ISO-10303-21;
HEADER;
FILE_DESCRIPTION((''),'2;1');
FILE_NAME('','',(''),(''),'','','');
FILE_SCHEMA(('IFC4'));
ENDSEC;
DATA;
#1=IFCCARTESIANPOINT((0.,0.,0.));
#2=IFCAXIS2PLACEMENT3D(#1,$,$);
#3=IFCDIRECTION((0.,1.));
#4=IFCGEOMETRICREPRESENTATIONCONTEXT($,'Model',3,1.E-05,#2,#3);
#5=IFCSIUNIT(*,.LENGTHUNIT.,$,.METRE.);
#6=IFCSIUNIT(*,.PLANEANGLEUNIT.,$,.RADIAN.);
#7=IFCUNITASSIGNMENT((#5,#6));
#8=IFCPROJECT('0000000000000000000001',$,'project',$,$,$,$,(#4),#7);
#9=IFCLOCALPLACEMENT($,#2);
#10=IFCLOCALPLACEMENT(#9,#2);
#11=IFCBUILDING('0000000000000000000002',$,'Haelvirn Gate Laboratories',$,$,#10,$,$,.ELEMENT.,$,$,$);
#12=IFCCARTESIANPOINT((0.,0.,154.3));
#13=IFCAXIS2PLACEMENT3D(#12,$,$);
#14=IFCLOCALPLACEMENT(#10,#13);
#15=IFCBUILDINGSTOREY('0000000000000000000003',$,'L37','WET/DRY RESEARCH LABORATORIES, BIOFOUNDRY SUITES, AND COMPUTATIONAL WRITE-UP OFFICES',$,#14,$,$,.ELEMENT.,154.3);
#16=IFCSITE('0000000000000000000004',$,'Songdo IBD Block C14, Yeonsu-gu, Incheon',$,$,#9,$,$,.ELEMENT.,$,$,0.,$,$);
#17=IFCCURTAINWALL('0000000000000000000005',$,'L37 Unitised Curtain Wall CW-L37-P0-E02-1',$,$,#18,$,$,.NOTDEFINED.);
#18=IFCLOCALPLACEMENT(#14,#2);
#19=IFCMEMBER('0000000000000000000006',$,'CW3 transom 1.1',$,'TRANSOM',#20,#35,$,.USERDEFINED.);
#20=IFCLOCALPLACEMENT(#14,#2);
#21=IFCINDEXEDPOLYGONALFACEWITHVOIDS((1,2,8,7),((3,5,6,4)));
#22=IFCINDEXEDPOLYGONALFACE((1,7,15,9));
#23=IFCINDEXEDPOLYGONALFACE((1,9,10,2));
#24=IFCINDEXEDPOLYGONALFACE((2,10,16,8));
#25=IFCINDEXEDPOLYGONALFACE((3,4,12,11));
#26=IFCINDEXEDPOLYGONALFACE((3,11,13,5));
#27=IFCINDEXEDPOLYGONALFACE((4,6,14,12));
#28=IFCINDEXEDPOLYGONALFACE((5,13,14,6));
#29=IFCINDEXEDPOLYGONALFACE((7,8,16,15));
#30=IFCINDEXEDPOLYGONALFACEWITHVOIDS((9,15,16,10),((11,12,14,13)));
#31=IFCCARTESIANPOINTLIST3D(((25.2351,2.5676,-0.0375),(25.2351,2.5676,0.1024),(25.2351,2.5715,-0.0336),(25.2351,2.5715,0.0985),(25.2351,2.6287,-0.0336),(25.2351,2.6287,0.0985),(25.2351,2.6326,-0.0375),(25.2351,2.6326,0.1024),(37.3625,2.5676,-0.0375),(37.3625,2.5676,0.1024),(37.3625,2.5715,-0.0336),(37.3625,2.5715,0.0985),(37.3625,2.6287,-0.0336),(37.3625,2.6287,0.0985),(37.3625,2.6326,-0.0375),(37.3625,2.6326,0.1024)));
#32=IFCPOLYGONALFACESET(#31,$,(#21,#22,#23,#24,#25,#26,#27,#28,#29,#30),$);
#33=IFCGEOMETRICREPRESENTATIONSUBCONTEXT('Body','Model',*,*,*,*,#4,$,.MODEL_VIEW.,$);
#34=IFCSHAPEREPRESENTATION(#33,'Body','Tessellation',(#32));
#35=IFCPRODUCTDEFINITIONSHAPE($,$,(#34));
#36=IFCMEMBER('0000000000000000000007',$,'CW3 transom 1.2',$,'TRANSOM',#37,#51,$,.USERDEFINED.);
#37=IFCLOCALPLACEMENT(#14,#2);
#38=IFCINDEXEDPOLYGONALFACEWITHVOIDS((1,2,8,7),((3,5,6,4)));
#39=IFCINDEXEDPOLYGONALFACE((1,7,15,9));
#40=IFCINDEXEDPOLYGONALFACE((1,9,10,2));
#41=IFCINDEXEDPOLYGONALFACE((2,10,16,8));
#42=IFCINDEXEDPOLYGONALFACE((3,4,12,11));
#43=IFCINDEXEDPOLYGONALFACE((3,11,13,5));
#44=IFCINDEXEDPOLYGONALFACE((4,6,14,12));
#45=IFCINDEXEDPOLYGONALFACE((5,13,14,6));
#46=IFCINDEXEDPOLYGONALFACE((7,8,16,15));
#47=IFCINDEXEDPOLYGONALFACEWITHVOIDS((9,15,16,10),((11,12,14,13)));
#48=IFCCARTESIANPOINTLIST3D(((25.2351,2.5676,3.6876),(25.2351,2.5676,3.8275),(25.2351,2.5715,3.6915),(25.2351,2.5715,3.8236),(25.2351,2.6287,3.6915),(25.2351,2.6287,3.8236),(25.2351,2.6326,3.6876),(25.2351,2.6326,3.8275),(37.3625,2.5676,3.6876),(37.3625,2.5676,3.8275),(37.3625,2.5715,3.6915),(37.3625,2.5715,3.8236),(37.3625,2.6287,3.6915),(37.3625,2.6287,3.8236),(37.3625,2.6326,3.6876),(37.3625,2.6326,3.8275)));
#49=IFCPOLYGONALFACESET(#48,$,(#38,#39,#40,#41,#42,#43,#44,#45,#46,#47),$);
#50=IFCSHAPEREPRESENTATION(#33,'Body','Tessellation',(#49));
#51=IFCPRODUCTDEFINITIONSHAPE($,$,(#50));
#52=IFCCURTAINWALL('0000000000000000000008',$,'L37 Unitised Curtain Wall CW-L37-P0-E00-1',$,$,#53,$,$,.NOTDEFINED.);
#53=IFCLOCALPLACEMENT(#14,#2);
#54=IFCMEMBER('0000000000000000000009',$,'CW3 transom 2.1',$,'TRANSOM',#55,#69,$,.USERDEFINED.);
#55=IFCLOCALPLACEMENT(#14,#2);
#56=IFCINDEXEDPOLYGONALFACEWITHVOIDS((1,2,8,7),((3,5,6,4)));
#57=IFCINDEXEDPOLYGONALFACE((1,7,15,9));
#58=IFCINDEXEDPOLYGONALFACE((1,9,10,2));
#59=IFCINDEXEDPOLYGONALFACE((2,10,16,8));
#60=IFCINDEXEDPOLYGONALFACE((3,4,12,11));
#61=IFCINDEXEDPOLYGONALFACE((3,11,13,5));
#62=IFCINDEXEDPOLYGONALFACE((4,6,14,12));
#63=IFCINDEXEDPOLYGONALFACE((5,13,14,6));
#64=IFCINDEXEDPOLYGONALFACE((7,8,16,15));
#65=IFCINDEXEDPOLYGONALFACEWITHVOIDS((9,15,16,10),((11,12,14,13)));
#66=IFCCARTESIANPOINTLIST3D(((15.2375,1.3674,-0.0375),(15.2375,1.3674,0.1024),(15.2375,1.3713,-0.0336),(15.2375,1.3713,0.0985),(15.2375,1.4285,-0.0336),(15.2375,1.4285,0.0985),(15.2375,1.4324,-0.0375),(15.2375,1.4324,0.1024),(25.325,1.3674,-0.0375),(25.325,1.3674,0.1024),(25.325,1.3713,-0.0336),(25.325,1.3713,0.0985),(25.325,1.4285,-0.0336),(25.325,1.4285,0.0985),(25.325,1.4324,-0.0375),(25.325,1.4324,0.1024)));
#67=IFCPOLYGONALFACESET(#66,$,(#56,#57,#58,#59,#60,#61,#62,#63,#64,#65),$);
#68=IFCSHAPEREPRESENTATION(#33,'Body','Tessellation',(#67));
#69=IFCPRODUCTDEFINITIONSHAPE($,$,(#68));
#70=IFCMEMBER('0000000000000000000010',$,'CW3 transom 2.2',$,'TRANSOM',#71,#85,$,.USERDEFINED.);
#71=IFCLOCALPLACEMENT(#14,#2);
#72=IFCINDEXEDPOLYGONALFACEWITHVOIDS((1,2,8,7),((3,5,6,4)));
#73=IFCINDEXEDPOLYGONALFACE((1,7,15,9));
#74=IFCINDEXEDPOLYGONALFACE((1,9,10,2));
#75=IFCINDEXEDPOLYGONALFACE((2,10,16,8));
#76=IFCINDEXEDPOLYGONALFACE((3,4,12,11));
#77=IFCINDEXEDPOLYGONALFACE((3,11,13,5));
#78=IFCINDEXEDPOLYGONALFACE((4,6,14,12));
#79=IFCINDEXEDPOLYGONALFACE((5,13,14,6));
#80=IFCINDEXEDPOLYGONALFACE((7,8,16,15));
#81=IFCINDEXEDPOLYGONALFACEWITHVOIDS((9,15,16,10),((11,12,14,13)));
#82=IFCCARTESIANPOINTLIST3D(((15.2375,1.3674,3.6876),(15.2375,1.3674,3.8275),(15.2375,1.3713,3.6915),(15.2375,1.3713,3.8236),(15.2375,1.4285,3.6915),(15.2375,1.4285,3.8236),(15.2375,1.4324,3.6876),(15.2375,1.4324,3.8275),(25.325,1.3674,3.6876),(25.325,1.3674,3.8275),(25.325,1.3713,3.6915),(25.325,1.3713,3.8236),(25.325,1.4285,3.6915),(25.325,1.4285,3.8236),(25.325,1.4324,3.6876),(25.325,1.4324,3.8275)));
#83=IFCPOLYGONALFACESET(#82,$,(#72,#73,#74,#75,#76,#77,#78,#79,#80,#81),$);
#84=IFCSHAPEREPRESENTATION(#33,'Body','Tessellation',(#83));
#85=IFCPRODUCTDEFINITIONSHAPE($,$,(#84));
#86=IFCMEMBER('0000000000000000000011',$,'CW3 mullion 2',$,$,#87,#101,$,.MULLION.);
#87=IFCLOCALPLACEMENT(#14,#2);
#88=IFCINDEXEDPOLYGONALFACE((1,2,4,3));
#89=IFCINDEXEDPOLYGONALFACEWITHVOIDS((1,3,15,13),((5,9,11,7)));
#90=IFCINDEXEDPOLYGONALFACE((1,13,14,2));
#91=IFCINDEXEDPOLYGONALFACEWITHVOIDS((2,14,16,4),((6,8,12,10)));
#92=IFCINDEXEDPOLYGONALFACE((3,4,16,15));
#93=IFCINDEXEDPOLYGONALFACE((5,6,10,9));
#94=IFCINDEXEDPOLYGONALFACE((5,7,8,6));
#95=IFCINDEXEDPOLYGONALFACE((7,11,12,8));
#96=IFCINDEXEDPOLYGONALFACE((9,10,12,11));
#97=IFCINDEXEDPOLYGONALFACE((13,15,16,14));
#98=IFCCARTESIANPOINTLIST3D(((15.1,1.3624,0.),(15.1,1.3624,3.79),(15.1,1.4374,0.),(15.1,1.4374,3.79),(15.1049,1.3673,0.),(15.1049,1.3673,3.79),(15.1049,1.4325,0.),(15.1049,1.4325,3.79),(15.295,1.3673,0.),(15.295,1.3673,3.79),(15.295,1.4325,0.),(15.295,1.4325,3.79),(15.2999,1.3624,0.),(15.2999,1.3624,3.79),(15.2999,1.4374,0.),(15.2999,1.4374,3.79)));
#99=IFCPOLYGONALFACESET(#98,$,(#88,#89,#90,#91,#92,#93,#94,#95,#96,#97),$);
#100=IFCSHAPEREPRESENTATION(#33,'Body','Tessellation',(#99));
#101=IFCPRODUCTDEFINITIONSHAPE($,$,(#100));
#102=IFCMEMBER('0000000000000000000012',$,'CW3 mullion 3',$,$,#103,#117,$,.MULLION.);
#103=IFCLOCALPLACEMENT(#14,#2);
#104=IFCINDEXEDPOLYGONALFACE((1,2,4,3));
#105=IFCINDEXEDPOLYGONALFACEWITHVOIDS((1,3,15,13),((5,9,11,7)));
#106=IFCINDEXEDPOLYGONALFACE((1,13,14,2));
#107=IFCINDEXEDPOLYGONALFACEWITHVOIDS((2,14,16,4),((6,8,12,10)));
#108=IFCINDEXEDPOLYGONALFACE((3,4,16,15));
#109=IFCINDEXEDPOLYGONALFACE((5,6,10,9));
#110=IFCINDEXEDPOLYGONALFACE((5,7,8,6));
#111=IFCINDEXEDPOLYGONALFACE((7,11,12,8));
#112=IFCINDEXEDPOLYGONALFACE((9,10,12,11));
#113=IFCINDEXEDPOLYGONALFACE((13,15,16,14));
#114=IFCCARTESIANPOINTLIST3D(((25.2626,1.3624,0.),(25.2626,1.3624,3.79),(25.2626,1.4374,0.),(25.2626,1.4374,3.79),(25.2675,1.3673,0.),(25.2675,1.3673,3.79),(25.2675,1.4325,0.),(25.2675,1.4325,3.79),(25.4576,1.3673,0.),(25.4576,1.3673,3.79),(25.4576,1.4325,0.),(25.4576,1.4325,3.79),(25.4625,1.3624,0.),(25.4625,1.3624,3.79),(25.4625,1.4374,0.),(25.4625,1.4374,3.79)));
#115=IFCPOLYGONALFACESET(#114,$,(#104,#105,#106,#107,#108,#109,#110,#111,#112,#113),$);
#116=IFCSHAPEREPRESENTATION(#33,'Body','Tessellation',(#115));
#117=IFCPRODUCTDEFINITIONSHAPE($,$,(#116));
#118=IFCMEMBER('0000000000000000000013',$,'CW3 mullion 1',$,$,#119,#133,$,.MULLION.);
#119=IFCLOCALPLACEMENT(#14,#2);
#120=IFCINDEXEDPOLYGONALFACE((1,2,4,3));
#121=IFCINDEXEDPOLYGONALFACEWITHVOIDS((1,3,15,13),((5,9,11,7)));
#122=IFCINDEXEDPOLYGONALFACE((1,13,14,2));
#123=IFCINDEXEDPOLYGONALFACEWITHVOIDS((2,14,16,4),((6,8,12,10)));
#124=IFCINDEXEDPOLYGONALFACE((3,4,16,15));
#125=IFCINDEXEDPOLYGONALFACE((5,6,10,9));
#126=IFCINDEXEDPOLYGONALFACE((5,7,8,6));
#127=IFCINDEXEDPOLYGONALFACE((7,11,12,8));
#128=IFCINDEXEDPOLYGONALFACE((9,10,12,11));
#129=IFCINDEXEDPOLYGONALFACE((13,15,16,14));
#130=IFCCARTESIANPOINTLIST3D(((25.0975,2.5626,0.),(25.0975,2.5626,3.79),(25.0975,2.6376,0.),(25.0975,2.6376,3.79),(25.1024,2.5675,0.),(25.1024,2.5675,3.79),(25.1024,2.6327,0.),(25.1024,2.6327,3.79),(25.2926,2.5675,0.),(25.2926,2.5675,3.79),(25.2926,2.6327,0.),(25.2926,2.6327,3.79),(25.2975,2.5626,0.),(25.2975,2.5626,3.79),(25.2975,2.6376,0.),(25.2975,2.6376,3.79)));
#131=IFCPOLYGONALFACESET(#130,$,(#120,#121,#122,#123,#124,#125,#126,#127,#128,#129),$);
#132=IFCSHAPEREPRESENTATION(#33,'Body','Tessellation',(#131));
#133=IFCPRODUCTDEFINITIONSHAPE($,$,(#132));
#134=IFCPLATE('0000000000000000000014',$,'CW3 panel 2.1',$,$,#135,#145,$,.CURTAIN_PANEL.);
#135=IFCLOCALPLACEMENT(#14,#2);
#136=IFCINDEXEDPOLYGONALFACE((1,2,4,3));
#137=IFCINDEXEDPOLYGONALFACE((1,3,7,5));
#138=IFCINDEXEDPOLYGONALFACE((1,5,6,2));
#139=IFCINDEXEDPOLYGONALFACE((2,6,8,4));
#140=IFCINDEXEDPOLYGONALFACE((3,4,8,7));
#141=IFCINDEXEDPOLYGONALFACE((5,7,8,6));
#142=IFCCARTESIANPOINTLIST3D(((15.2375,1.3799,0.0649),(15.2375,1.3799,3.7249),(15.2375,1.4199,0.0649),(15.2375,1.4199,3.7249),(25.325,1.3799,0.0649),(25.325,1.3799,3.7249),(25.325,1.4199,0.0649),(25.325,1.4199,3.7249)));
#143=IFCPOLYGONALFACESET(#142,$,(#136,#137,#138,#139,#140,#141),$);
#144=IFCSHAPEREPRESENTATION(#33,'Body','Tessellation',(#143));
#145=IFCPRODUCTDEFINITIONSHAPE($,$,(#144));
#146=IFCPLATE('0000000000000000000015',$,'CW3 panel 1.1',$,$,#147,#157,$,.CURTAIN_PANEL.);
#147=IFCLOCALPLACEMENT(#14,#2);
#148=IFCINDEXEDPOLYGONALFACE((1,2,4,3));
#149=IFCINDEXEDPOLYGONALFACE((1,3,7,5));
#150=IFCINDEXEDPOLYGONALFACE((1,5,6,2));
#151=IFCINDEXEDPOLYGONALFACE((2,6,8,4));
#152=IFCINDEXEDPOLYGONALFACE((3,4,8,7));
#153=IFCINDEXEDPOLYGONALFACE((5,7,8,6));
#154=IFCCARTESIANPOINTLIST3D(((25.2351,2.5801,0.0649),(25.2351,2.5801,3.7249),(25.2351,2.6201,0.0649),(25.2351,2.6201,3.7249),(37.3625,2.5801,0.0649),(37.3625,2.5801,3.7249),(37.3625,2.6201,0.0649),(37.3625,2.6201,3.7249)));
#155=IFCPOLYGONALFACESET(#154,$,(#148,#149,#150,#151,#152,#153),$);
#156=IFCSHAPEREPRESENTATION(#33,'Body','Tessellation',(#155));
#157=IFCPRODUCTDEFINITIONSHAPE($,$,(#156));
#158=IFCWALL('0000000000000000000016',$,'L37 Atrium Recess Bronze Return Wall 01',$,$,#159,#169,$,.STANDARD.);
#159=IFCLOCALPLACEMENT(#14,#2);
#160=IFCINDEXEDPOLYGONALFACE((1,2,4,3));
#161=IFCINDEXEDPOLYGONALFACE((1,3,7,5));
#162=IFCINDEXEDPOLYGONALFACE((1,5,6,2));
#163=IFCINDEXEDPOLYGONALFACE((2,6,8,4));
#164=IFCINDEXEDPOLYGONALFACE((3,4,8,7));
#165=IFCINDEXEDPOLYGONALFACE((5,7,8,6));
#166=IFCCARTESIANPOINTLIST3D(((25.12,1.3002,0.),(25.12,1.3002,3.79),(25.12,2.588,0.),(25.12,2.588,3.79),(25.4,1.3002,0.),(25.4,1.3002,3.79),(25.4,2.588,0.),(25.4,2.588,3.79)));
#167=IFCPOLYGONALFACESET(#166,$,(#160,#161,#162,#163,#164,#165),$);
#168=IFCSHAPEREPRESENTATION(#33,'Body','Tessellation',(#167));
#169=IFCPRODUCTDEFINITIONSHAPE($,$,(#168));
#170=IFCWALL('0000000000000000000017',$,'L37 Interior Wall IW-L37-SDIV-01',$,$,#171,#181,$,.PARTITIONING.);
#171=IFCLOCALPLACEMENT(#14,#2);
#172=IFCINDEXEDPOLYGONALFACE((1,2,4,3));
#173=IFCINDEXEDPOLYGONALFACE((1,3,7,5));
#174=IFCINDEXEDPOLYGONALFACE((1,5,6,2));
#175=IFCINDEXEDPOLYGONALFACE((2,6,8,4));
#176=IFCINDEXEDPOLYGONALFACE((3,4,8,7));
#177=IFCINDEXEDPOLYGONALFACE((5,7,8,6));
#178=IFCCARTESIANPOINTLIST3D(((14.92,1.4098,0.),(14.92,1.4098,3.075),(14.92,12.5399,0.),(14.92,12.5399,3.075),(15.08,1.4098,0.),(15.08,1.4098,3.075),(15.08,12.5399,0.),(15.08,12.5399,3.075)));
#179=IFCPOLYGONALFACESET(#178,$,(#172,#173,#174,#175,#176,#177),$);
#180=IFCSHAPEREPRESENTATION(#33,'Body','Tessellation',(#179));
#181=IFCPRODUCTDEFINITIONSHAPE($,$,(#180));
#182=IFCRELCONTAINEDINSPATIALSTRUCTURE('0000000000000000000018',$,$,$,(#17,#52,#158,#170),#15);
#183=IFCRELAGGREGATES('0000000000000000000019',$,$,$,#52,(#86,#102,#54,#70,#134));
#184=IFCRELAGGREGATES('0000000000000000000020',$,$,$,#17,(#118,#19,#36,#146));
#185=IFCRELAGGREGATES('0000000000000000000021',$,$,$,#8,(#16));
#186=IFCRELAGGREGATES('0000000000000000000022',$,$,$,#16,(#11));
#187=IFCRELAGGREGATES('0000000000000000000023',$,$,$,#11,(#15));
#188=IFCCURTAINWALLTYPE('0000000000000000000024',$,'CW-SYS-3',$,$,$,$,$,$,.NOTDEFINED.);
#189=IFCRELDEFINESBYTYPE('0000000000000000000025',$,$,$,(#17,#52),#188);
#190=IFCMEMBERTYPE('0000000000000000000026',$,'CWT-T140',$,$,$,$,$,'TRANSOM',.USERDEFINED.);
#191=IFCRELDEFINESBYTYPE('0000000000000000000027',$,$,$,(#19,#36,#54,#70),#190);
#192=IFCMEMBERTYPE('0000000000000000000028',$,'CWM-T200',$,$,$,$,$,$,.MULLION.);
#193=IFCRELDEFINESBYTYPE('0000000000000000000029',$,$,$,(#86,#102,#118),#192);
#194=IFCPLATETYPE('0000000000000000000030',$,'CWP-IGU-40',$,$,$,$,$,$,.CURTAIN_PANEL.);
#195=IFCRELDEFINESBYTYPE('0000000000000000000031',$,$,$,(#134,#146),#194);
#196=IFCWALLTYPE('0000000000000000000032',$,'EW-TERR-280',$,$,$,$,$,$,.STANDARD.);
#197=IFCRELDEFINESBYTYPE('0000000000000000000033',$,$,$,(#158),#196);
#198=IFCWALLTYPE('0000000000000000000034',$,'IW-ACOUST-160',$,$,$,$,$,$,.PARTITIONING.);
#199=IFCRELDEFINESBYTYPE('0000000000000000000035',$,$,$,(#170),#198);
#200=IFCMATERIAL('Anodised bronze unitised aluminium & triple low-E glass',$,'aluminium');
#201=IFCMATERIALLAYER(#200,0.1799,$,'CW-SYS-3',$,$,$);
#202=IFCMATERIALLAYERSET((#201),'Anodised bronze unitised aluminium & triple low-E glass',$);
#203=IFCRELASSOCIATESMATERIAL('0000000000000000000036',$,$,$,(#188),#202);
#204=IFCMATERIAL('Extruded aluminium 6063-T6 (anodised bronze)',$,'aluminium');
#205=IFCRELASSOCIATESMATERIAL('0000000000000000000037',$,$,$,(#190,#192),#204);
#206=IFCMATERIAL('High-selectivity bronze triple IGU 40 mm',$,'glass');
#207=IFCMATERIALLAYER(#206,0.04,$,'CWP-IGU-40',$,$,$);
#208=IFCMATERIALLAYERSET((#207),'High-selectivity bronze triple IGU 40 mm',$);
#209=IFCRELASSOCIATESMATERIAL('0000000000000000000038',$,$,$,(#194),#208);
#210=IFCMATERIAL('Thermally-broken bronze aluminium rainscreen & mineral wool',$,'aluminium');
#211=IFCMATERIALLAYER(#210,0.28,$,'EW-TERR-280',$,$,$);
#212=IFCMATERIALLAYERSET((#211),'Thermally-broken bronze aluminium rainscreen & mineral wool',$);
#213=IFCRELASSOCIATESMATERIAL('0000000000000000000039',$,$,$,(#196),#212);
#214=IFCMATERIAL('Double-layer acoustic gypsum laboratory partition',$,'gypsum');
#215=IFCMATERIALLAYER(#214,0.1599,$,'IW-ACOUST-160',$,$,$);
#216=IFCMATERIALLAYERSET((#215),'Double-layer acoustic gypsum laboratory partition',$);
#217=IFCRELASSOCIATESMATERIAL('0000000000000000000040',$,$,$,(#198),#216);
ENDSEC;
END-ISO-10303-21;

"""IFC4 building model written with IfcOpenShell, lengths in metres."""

from ifc_helpers import new_model, si_unit, direction, frame, frame_2d, origin, origin_2d, place, context, subcontext, project, spatial, rectangle, hollow_rectangle, extrude, source, transform, mapped, material, layer, layer_set, material_profile, profile_set, type_object, type_shapes, element, aggregate, save


model = new_model("IFC4")

# Units and contexts
model_context = context("Model", 3, precision=1e-05, world=origin(), true_north=direction((0.0, 1.0)))
body_context = subcontext(model_context, "Body", "Model", "MODEL_VIEW")
ifc_project = project(units=[si_unit("LENGTHUNIT", "METRE"), si_unit("PLANEANGLEUNIT", "RADIAN")], contexts=[model_context])

# Site, building, storey
site_placement = place(None, origin())
site = spatial("IfcSite", under=ifc_project, at=site_placement, Name="Songdo IBD Block C14, Yeonsu-gu, Incheon", CompositionType="ELEMENT", RefElevation=0.0)
building_placement = place(site_placement, origin())
building = spatial("IfcBuilding", under=site, at=building_placement, Name="Haelvirn Gate Laboratories", CompositionType="ELEMENT")
storey_placement = place(building_placement, frame((0.0, 0.0, 154.3)))
storey = spatial("IfcBuildingStorey", under=building, at=storey_placement, Name="L37", Description="WET/DRY RESEARCH LABORATORIES, BIOFOUNDRY SUITES, AND COMPUTATIONAL WRITE-UP OFFICES", CompositionType="ELEMENT", Elevation=154.3)

# Curtain walls, members
ifc_material_1 = material(Name="Anodised bronze unitised aluminium & triple low-E glass", Category="aluminium")
ifc_layer_1 = layer(ifc_material_1, 0.1799, Name="CW-SYS-3")
ifc_layer_set_1 = layer_set([ifc_layer_1], Name="Anodised bronze unitised aluminium & triple low-E glass")
curtain_wall_type = type_object("IfcCurtainWallType", Name="CW-SYS-3", PredefinedType="NOTDEFINED", material=ifc_layer_set_1)
curtain_wall_1_placement = place(storey_placement, origin())
curtain_wall_1 = element("IfcCurtainWall", 1, at=curtain_wall_1_placement, inside=storey, type_object=curtain_wall_type, Name="L37 Unitised Curtain Wall CW-L37-P0-E02-1", PredefinedType="NOTDEFINED")
ifc_material_2 = material(Name="Extruded aluminium 6063-T6 (anodised bronze)", Category="aluminium")
ifc_material_profile_1 = material_profile(ifc_material_2, hollow_rectangle(XDim=0.0649, YDim=0.1399, WallThickness=0.0039, at=origin_2d()), Name="CWT-140x65x4")
ifc_profile_set_1 = profile_set([ifc_material_profile_1], Name="Extruded aluminium 6063-T6 (anodised bronze)")
member_type_1 = type_object("IfcMemberType", Name="CWT-T140", ElementType="TRANSOM", PredefinedType="USERDEFINED", material=ifc_profile_set_1)
shared_shape_1 = source(origin(), body_context, "Body", "SweptSolid", [
    extrude(hollow_rectangle(XDim=0.0649, YDim=0.1399, WallThickness=0.0039, at=origin_2d()), origin(), (0.0, 0.0, 1.0), 12.1274),
])
member_1_placement = place(storey_placement, frame((25.2351, 2.6001, 0.0325), z_axis=(1.0, 0.0, 0.0), x_axis=(0.0, 1.0, 0.0)))
member_1 = element("IfcMember", 2, at=member_1_placement, type_object=member_type_1, Name="CW3 transom 1.1", ObjectType="TRANSOM", PredefinedType="USERDEFINED", context=body_context, shape_type="MappedRepresentation", body=[
    mapped(shared_shape_1, transform((0.0, 0.0, 0.0), scale=1.0)),
])
member_2_placement = place(storey_placement, frame((25.2351, 2.6001, 3.7576), z_axis=(1.0, 0.0, 0.0), x_axis=(0.0, 1.0, 0.0)))
member_2 = element("IfcMember", 3, at=member_2_placement, type_object=member_type_1, Name="CW3 transom 1.2", ObjectType="TRANSOM", PredefinedType="USERDEFINED", context=body_context, shape_type="MappedRepresentation", body=[
    mapped(shared_shape_1, transform((0.0, 0.0, 0.0), scale=1.0)),
])
curtain_wall_2_placement = place(storey_placement, origin())
curtain_wall_2 = element("IfcCurtainWall", 4, at=curtain_wall_2_placement, inside=storey, type_object=curtain_wall_type, Name="L37 Unitised Curtain Wall CW-L37-P0-E00-1", PredefinedType="NOTDEFINED")
shared_shape_2 = source(origin(), body_context, "Body", "SweptSolid", [
    extrude(hollow_rectangle(XDim=0.0649, YDim=0.1399, WallThickness=0.0039, at=origin_2d()), origin(), (0.0, 0.0, 1.0), 10.0874),
])
type_shapes(member_type_1, [shared_shape_1, shared_shape_2])
member_3_placement = place(storey_placement, frame((15.2375, 1.3999, 0.0325), z_axis=(1.0, 0.0, 0.0), x_axis=(0.0, 1.0, 0.0)))
member_3 = element("IfcMember", 5, at=member_3_placement, type_object=member_type_1, Name="CW3 transom 2.1", ObjectType="TRANSOM", PredefinedType="USERDEFINED", context=body_context, shape_type="MappedRepresentation", body=[
    mapped(shared_shape_2, transform((0.0, 0.0, 0.0), scale=1.0)),
])
member_4_placement = place(storey_placement, frame((15.2375, 1.3999, 3.7576), z_axis=(1.0, 0.0, 0.0), x_axis=(0.0, 1.0, 0.0)))
member_4 = element("IfcMember", 6, at=member_4_placement, type_object=member_type_1, Name="CW3 transom 2.2", ObjectType="TRANSOM", PredefinedType="USERDEFINED", context=body_context, shape_type="MappedRepresentation", body=[
    mapped(shared_shape_2, transform((0.0, 0.0, 0.0), scale=1.0)),
])
ifc_material_profile_2 = material_profile(ifc_material_2, hollow_rectangle(XDim=0.075, YDim=0.2, WallThickness=0.0049, at=origin_2d()), Name="CWM-200x75x5")
ifc_profile_set_2 = profile_set([ifc_material_profile_2], Name="Extruded aluminium 6063-T6 (anodised bronze)")
member_type_2 = type_object("IfcMemberType", Name="CWM-T200", PredefinedType="MULLION", material=ifc_profile_set_2)
shared_shape_3 = source(origin(), body_context, "Body", "SweptSolid", [
    extrude(hollow_rectangle(XDim=0.075, YDim=0.2, WallThickness=0.0049, at=origin_2d()), origin(), (0.0, 0.0, 1.0), 3.79),
])
type_shapes(member_type_2, [shared_shape_3])
member_5_placement = place(storey_placement, frame((15.2, 1.3999, 0.0), z_axis=(0.0, 0.0, 1.0), x_axis=(0.0, 1.0, 0.0)))
member_5 = element("IfcMember", 7, at=member_5_placement, type_object=member_type_2, Name="CW3 mullion 2", PredefinedType="MULLION", context=body_context, shape_type="MappedRepresentation", body=[
    mapped(shared_shape_3, transform((0.0, 0.0, 0.0), scale=1.0)),
])
member_6_placement = place(storey_placement, frame((25.3625, 1.3999, 0.0), z_axis=(0.0, 0.0, 1.0), x_axis=(0.0, 1.0, 0.0)))
member_6 = element("IfcMember", 8, at=member_6_placement, type_object=member_type_2, Name="CW3 mullion 3", PredefinedType="MULLION", context=body_context, shape_type="MappedRepresentation", body=[
    mapped(shared_shape_3, transform((0.0, 0.0, 0.0), scale=1.0)),
])

# Member
member_7_placement = place(storey_placement, frame((25.1975, 2.6001, 0.0), z_axis=(0.0, 0.0, 1.0), x_axis=(0.0, 1.0, 0.0)))
member_7 = element("IfcMember", 9, at=member_7_placement, type_object=member_type_2, Name="CW3 mullion 1", PredefinedType="MULLION", context=body_context, shape_type="MappedRepresentation", body=[
    mapped(shared_shape_3, transform((0.0, 0.0, 0.0), scale=1.0)),
])

# Plates
ifc_material_3 = material(Name="High-selectivity bronze triple IGU 40 mm", Category="glass")
ifc_layer_2 = layer(ifc_material_3, 0.04, Name="CWP-IGU-40")
ifc_layer_set_2 = layer_set([ifc_layer_2], Name="High-selectivity bronze triple IGU 40 mm")
plate_type = type_object("IfcPlateType", Name="CWP-IGU-40", PredefinedType="CURTAIN_PANEL", material=ifc_layer_set_2)
shared_shape_4 = source(origin(), body_context, "Body", "SweptSolid", [
    extrude(rectangle(XDim=10.0874, YDim=0.04, at=origin_2d()), origin(), (0.0, 0.0, 1.0), 3.6599),
])
plate_1_placement = place(storey_placement, frame((20.2812, 1.3999, 0.0649), z_axis=(0.0, 0.0, 1.0), x_axis=(1.0, 0.0, 0.0)))
plate_1 = element("IfcPlate", 10, at=plate_1_placement, type_object=plate_type, Name="CW3 panel 2.1", PredefinedType="CURTAIN_PANEL", context=body_context, shape_type="MappedRepresentation", body=[
    mapped(shared_shape_4, transform((0.0, 0.0, 0.0), scale=1.0)),
])
aggregate(curtain_wall_2, [member_5, member_6, member_3, member_4, plate_1])
shared_shape_5 = source(origin(), body_context, "Body", "SweptSolid", [
    extrude(rectangle(XDim=12.1274, YDim=0.04, at=origin_2d()), origin(), (0.0, 0.0, 1.0), 3.6599),
])
type_shapes(plate_type, [shared_shape_4, shared_shape_5])
plate_2_placement = place(storey_placement, frame((31.2988, 2.6001, 0.0649), z_axis=(0.0, 0.0, 1.0), x_axis=(1.0, 0.0, 0.0)))
plate_2 = element("IfcPlate", 11, at=plate_2_placement, type_object=plate_type, Name="CW3 panel 1.1", PredefinedType="CURTAIN_PANEL", context=body_context, shape_type="MappedRepresentation", body=[
    mapped(shared_shape_5, transform((0.0, 0.0, 0.0), scale=1.0)),
])
aggregate(curtain_wall_1, [member_7, member_1, member_2, plate_2])

# Walls
ifc_material_4 = material(Name="Thermally-broken bronze aluminium rainscreen & mineral wool", Category="aluminium")
ifc_layer_3 = layer(ifc_material_4, 0.28, Name="EW-TERR-280")
ifc_layer_set_3 = layer_set([ifc_layer_3], Name="Thermally-broken bronze aluminium rainscreen & mineral wool")
wall_type_1 = type_object("IfcWallType", Name="EW-TERR-280", PredefinedType="STANDARD", material=ifc_layer_set_3)
wall_1_placement = place(storey_placement, frame((25.26, 1.3, 0.0), z_axis=(0.0, 0.0, 1.0), x_axis=(0.0, 1.0, 0.0)))
element("IfcWall", 12, at=wall_1_placement, inside=storey, type_object=wall_type_1, Name="L37 Atrium Recess Bronze Return Wall 01", PredefinedType="STANDARD", context=body_context, shape_type="SweptSolid", body=[
    extrude(rectangle(XDim=1.2878, YDim=0.28, at=frame_2d((0.644, 0.0))), origin(), (0.0, 0.0, 1.0), 3.79),
])
ifc_material_5 = material(Name="Double-layer acoustic gypsum laboratory partition", Category="gypsum")
ifc_layer_4 = layer(ifc_material_5, 0.1599, Name="IW-ACOUST-160")
ifc_layer_set_4 = layer_set([ifc_layer_4], Name="Double-layer acoustic gypsum laboratory partition")
wall_type_2 = type_object("IfcWallType", Name="IW-ACOUST-160", PredefinedType="PARTITIONING", material=ifc_layer_set_4)
wall_2_placement = place(storey_placement, frame((15.0, 1.4099, 0.0), z_axis=(0.0, 0.0, 1.0), x_axis=(0.0, 1.0, 0.0)))
element("IfcWall", 13, at=wall_2_placement, inside=storey, type_object=wall_type_2, Name="L37 Interior Wall IW-L37-SDIV-01", PredefinedType="PARTITIONING", context=body_context, shape_type="SweptSolid", body=[
    extrude(rectangle(XDim=11.1301, YDim=0.1599, at=frame_2d((5.5649, 0.0))), origin(), (0.0, 0.0, 1.0), 3.075),
])

save(model, "model.ifc")
